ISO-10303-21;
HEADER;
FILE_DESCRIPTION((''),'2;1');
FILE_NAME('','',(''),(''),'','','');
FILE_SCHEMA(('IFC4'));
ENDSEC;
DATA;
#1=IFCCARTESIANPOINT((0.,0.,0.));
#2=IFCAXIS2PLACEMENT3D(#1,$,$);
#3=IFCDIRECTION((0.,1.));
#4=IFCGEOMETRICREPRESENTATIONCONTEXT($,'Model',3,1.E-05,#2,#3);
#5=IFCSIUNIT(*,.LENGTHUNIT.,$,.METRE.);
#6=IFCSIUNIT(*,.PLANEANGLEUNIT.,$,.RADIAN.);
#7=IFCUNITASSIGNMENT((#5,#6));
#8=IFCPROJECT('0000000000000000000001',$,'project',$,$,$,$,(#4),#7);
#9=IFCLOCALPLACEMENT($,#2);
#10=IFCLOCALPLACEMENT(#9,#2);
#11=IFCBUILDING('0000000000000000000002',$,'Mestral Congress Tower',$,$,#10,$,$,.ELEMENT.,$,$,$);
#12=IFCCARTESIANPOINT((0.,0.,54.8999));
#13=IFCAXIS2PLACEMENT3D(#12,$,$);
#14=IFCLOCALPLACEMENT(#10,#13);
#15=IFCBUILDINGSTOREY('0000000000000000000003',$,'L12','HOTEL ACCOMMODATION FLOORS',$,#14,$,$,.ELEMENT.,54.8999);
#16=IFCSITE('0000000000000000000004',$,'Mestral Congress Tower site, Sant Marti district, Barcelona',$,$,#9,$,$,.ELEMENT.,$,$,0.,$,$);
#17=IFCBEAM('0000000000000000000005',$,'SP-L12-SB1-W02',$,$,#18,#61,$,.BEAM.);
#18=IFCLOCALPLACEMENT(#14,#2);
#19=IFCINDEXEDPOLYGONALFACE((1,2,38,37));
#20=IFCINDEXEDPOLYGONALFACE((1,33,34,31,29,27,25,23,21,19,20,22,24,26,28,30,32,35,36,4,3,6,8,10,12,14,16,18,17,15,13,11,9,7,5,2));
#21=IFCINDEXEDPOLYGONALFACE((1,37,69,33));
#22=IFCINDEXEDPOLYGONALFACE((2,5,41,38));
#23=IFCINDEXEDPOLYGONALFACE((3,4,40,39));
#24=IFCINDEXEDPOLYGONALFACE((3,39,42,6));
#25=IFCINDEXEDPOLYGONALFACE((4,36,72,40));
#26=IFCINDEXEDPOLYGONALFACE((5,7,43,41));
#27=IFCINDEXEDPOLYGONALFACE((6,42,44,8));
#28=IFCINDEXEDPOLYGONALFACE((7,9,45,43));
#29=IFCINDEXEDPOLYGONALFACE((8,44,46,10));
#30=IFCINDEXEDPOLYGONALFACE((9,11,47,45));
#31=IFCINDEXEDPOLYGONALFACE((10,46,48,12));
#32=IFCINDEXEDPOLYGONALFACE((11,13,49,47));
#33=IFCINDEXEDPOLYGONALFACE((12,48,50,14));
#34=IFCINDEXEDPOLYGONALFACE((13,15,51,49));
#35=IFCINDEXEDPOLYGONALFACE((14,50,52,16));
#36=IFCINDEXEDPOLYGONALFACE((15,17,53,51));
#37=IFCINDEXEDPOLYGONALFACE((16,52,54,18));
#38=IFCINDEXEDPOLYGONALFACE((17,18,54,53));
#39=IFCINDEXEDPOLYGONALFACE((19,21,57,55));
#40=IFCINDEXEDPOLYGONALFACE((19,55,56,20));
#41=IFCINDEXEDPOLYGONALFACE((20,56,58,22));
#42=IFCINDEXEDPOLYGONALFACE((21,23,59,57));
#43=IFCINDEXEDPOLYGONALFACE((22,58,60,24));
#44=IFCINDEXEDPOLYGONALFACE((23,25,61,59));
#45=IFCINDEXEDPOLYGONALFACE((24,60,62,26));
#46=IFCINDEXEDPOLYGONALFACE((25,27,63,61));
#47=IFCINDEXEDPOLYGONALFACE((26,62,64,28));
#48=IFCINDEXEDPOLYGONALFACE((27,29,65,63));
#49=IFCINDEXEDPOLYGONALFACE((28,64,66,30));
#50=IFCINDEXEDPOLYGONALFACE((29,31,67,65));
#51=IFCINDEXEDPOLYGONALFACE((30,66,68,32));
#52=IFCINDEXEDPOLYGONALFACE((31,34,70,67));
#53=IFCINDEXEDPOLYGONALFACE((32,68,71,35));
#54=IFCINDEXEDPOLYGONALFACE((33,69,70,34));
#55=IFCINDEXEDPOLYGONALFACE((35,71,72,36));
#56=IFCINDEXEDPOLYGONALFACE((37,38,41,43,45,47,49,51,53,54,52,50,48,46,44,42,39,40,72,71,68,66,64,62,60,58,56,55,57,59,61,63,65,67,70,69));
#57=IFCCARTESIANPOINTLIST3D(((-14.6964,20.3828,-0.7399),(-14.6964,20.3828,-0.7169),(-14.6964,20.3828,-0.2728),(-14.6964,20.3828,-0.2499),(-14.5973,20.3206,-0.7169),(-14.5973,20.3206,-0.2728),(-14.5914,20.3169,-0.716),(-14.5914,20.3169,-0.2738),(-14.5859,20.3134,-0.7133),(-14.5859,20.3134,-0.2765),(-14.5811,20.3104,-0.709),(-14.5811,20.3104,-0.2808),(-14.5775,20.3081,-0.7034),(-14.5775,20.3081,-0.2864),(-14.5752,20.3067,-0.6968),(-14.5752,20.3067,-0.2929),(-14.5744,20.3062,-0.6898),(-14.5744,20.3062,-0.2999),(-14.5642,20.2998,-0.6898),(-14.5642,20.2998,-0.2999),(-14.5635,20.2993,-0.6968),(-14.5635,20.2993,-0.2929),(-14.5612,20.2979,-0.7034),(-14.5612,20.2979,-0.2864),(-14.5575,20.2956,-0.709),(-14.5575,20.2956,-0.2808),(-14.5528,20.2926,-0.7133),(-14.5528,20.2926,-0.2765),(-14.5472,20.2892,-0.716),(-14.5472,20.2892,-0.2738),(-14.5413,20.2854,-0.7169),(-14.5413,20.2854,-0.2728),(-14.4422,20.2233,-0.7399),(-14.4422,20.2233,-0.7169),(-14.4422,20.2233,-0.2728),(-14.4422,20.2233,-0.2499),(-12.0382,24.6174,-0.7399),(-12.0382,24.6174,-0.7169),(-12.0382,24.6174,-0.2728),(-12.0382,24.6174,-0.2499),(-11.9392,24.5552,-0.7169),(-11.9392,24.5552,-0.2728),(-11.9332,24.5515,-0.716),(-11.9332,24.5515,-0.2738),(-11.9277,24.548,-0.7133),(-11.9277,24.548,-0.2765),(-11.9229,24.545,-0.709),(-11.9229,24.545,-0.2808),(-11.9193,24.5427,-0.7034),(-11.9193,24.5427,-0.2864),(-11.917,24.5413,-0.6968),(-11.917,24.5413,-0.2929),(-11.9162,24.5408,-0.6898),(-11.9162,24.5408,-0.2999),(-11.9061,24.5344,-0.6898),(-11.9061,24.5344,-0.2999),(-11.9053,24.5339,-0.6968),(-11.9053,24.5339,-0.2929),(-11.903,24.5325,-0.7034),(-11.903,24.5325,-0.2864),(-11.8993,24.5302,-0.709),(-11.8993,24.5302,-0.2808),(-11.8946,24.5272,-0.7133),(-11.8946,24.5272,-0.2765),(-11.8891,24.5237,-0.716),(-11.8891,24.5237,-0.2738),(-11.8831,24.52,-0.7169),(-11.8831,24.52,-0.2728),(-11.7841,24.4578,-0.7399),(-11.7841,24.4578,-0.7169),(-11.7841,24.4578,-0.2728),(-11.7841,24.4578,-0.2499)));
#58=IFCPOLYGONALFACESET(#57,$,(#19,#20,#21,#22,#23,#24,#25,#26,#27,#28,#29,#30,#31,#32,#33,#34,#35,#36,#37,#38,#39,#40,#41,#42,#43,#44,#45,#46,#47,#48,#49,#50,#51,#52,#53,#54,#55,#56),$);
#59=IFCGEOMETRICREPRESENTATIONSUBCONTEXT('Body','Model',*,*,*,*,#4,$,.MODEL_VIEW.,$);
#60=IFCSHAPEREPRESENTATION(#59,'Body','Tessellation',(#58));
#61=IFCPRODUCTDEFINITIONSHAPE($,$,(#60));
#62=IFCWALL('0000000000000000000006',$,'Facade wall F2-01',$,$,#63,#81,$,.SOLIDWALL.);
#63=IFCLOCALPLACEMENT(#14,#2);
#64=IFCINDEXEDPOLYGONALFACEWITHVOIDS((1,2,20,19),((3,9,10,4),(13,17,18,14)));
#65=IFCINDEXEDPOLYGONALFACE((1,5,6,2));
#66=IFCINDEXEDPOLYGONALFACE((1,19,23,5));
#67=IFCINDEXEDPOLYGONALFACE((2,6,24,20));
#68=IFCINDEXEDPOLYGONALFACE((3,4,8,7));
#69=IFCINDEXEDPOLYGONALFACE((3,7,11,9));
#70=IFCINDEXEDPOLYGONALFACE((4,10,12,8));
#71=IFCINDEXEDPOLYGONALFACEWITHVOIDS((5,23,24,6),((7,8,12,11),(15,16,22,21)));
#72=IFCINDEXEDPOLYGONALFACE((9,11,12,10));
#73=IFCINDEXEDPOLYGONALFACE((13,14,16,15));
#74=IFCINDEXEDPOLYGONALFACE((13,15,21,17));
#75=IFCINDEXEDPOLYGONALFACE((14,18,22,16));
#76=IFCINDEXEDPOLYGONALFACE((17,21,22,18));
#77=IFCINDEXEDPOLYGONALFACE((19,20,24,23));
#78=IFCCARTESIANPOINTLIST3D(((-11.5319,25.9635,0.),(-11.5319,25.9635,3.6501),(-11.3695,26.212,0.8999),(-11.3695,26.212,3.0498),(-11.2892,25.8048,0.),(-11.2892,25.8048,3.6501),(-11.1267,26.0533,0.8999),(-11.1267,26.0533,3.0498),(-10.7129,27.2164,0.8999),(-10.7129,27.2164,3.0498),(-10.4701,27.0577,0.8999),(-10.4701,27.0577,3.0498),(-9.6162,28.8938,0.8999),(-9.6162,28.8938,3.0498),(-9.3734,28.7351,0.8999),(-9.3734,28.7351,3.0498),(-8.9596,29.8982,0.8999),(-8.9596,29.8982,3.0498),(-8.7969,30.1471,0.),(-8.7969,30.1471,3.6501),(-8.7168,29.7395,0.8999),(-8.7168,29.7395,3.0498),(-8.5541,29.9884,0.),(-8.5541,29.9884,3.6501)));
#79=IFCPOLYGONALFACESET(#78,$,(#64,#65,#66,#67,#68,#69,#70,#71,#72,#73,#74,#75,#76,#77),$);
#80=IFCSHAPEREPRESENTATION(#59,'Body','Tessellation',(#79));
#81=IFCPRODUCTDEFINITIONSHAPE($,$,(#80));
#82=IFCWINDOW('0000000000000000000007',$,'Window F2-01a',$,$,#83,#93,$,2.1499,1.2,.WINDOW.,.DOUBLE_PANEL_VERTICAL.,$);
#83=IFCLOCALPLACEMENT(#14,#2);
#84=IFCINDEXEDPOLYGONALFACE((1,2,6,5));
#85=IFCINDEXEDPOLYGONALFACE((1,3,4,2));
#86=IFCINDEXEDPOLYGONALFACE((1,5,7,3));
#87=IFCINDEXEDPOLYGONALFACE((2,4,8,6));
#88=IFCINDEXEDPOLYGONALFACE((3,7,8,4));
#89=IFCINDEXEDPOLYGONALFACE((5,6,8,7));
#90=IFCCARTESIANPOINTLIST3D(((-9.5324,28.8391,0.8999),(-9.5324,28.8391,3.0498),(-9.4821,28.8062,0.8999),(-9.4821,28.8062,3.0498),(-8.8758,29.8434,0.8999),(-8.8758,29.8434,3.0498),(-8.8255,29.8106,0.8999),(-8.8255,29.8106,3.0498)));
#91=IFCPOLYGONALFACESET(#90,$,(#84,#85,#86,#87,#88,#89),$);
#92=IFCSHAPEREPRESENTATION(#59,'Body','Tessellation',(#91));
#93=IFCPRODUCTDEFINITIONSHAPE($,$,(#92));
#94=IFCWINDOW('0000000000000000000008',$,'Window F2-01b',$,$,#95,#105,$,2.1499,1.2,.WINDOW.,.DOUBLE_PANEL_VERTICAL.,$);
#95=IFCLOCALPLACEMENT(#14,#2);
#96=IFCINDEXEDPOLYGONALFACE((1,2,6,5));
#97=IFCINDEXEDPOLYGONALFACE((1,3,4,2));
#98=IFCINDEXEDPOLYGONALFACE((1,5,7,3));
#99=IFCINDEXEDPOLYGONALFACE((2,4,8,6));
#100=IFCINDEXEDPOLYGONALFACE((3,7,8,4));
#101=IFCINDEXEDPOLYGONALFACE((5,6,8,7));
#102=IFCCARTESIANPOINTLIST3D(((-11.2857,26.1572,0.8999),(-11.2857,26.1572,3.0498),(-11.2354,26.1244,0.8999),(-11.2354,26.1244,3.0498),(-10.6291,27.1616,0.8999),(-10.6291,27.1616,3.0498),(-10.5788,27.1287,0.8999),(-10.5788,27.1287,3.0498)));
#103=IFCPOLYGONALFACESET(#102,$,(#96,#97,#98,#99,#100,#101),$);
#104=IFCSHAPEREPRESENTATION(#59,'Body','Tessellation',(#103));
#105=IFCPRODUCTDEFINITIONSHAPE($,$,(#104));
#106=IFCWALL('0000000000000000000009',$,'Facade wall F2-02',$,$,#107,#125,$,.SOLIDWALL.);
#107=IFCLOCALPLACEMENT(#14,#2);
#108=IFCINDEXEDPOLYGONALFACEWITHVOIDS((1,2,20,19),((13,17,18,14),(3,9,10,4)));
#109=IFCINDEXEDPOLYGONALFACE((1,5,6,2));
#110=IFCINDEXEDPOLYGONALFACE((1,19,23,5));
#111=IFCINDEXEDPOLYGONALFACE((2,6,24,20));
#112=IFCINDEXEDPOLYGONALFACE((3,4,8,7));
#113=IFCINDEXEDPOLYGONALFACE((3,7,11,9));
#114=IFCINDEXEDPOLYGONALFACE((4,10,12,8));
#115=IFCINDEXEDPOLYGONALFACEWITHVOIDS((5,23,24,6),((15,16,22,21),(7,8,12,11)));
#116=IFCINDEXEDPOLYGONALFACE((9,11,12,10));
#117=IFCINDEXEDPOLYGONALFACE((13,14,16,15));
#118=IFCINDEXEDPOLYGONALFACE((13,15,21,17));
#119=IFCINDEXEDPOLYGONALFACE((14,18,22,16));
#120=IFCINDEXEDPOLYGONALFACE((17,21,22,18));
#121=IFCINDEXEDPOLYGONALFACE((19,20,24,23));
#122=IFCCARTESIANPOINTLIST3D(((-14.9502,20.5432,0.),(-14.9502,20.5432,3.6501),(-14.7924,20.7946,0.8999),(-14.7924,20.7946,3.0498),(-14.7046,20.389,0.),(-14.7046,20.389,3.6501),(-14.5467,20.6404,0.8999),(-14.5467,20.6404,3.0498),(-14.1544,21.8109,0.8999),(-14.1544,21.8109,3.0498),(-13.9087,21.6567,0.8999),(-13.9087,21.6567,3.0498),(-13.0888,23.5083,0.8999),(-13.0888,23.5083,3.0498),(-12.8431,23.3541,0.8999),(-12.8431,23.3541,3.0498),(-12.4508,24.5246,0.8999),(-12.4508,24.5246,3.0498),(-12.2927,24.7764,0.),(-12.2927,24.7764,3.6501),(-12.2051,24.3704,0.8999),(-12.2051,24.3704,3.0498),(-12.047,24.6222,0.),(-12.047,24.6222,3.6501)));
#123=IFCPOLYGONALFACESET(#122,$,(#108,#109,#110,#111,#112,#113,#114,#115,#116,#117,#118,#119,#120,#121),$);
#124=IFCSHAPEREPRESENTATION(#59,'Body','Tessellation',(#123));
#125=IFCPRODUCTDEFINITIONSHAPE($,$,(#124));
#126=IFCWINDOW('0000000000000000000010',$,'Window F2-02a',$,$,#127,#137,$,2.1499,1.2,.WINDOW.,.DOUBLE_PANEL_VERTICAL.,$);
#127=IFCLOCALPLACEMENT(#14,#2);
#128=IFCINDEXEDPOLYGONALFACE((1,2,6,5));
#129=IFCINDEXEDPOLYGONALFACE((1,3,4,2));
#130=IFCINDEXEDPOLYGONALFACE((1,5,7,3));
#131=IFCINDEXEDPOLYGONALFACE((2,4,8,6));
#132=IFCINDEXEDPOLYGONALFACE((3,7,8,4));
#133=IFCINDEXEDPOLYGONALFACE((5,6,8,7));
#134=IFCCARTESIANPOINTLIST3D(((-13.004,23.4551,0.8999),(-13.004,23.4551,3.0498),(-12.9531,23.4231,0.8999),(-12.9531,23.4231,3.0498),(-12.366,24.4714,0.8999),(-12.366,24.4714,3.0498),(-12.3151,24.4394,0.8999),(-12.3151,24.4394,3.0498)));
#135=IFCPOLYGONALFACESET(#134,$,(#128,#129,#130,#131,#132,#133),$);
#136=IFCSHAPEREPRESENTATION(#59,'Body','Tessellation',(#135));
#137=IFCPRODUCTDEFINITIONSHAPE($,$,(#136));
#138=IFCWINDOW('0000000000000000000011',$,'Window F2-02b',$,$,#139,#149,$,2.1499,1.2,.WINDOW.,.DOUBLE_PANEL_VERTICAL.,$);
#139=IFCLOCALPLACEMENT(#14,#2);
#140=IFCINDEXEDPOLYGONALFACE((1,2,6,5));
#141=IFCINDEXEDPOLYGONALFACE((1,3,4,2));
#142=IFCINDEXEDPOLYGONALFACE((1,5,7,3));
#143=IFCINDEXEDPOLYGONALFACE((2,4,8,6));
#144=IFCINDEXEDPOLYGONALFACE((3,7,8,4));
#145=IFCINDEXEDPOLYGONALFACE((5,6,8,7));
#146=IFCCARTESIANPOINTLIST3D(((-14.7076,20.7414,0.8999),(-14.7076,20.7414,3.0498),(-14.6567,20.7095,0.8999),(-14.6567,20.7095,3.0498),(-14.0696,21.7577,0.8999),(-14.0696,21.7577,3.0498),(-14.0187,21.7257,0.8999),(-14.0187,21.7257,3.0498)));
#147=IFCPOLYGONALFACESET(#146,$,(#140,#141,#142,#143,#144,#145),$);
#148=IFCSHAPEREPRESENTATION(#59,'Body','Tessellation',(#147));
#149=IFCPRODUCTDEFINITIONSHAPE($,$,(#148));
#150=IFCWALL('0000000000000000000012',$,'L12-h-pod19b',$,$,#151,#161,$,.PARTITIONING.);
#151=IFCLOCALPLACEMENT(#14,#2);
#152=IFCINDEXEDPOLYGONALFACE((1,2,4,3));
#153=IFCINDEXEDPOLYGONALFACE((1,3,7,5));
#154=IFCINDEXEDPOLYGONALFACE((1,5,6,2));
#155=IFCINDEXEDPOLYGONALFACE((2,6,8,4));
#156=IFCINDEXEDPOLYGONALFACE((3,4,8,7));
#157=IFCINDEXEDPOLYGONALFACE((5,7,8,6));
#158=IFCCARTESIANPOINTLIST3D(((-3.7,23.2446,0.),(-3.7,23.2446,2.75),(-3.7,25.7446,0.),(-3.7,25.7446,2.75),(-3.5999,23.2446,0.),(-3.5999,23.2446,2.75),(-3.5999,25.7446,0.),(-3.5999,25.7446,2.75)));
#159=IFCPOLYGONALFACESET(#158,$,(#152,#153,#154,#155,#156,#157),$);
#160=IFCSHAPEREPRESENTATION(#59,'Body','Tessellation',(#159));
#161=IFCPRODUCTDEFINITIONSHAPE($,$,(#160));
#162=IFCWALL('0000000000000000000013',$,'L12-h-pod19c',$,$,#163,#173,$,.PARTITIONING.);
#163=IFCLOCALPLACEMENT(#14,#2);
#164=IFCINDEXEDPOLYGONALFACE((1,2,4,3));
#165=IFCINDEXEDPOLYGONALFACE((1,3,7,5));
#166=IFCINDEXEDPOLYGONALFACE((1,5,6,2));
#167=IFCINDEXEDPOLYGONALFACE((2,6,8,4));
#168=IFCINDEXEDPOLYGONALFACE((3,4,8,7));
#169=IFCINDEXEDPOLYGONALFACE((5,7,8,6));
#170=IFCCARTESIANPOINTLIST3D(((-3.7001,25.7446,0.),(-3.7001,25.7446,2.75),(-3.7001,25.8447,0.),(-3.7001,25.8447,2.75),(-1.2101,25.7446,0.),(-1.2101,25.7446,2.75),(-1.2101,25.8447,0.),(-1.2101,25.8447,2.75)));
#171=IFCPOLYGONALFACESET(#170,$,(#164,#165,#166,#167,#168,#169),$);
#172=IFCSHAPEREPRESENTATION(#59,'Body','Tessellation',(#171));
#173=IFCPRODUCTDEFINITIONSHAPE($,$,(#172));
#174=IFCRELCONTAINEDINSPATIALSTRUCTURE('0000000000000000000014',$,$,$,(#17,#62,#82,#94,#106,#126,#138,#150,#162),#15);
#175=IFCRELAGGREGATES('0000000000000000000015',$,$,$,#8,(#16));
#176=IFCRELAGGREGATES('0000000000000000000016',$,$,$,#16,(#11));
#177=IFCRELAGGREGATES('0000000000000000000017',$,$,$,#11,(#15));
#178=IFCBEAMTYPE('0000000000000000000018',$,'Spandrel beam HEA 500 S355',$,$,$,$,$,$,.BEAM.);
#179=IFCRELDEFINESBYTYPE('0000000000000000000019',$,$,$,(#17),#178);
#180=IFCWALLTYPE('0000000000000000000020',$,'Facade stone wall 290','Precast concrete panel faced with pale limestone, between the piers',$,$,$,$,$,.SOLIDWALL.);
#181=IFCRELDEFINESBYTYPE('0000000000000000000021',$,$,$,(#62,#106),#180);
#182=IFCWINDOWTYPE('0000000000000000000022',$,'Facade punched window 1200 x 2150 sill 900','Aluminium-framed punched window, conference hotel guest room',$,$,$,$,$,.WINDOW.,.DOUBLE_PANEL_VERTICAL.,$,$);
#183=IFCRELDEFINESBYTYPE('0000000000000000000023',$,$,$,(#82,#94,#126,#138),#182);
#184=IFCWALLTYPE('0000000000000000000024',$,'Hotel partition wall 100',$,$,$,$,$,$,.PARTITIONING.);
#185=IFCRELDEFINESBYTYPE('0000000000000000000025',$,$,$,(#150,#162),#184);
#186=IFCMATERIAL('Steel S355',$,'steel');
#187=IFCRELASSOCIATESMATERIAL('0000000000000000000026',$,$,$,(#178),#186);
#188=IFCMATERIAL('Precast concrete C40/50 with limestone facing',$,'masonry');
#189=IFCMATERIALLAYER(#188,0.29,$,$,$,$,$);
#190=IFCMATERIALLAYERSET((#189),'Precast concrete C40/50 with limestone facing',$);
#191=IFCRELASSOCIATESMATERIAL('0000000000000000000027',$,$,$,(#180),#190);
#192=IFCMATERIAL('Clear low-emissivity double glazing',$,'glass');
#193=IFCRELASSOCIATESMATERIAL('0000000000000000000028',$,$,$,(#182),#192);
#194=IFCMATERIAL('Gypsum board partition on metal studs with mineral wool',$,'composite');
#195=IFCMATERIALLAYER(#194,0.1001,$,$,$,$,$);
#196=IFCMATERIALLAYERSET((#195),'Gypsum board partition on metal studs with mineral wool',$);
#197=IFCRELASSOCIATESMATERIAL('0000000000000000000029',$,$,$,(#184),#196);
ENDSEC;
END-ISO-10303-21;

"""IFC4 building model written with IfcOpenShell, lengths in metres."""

from ifc_helpers import new_model, si_unit, direction, frame, frame_2d, origin, origin_2d, place, context, subcontext, project, spatial, rectangle, i_section, extrude, material, layer, layer_set, material_profile, profile_set, type_object, element, fill, save


model = new_model("IFC4")

# Units and contexts
model_context = context("Model", 3, precision=1e-05, world=origin(), true_north=direction((0.0, 1.0)))
body_context = subcontext(model_context, "Body", "Model", "MODEL_VIEW")
ifc_project = project(units=[si_unit("LENGTHUNIT", "METRE"), si_unit("PLANEANGLEUNIT", "RADIAN")], contexts=[model_context])

# Site, building, storey
site_placement = place(None, origin())
site = spatial("IfcSite", under=ifc_project, at=site_placement, Name="Mestral Congress Tower site, Sant Marti district, Barcelona", CompositionType="ELEMENT", RefElevation=0.0)
building_placement = place(site_placement, origin())
building = spatial("IfcBuilding", under=site, at=building_placement, Name="Mestral Congress Tower", CompositionType="ELEMENT")
storey_placement = place(building_placement, frame((0.0, 0.0, 54.8999)))
storey = spatial("IfcBuildingStorey", under=building, at=storey_placement, Name="L12", Description="HOTEL ACCOMMODATION FLOORS", CompositionType="ELEMENT", Elevation=54.8999)

# Beam
ifc_material_1 = material(Name="Steel S355", Category="steel")
ifc_material_profile_1 = material_profile(ifc_material_1, i_section(OverallWidth=0.3, OverallDepth=0.49, WebThickness=0.012, FlangeThickness=0.0229, FilletRadius=0.0271, at=origin_2d()), Name="HEA 500")
ifc_profile_set_1 = profile_set([ifc_material_profile_1], Name="Steel S355")
beam_type_1 = type_object("IfcBeamType", Name="Spandrel beam HEA 500 S355", PredefinedType="BEAM", material=ifc_profile_set_1)
beam_1_placement = place(storey_placement, frame((-11.9111, 24.5376, -0.4949), z_axis=(-0.531661, -0.846957, 0.0), x_axis=(0.846957, -0.531661, 0.0)))
element("IfcBeam", 1, at=beam_1_placement, inside=storey, type_object=beam_type_1, Name="SP-L12-SB1-W02", PredefinedType="BEAM", context=body_context, shape_type="SweptSolid", body=[
    extrude(i_section(OverallWidth=0.3, OverallDepth=0.49, WebThickness=0.012, FlangeThickness=0.0229, FilletRadius=0.0271, at=origin_2d()), origin(), (0.0, 0.0, 1.0), 4.9998),
])

# Walls, openings, windows
ifc_material_2 = material(Name="Precast concrete C40/50 with limestone facing", Category="masonry")
ifc_layer_1 = layer(ifc_material_2, 0.29)
ifc_layer_set_1 = layer_set([ifc_layer_1], Name="Precast concrete C40/50 with limestone facing")
wall_type_1 = type_object("IfcWallType", Name="Facade stone wall 290", Description="Precast concrete panel faced with pale limestone, between the piers", PredefinedType="SOLIDWALL", material=ifc_layer_set_1)
wall_1_placement = place(storey_placement, frame((-8.6755, 30.0676, 0.0), z_axis=(0.0, 0.0, 1.0), x_axis=(-0.547205, -0.836999, 0.0)))
wall_1 = element("IfcWall", 2, at=wall_1_placement, inside=storey, type_object=wall_type_1, Name="Facade wall F2-01", PredefinedType="SOLIDWALL", context=body_context, shape_type="SweptSolid", body=[
    extrude(rectangle(XDim=4.9983, YDim=0.29, at=frame_2d((2.499, 0.0))), origin(), (0.0, 0.0, 1.0), 3.6501),
])
opening_1_placement = place(wall_1_placement, frame((0.2971, 0.0, 0.8999)))
opening_1 = element("IfcOpeningElement", 3, at=opening_1_placement, cuts=wall_1, PredefinedType="OPENING", context=body_context, shape_type="SweptSolid", body=[
    extrude(rectangle(XDim=1.2, YDim=2.1499, at=frame_2d((0.6001, 1.075))), frame((0.0, 0.155, 0.0), z_axis=(0.0, -1.0, 0.0), x_axis=(1.0, 0.0, 0.0)), (0.0, 0.0, 1.0), 0.3101),
])
opening_2_placement = place(wall_1_placement, frame((3.5012, 0.0, 0.8999)))
opening_2 = element("IfcOpeningElement", 4, at=opening_2_placement, cuts=wall_1, PredefinedType="OPENING", context=body_context, shape_type="SweptSolid", body=[
    extrude(rectangle(XDim=1.2, YDim=2.1499, at=frame_2d((0.6001, 1.075))), frame((0.0, 0.155, 0.0), z_axis=(0.0, -1.0, 0.0), x_axis=(1.0, 0.0, 0.0)), (0.0, 0.0, 1.0), 0.3101),
])
ifc_material_3 = material(Name="Clear low-emissivity double glazing", Category="glass")
window_type = type_object("IfcWindowType", Name="Facade punched window 1200 x 2150 sill 900", Description="Aluminium-framed punched window, conference hotel guest room", PartitioningType="DOUBLE_PANEL_VERTICAL", PredefinedType="WINDOW", material=ifc_material_3)
window_1_placement = place(opening_1_placement, origin())
window_1 = element("IfcWindow", 5, at=window_1_placement, inside=storey, type_object=window_type, Name="Window F2-01a", OverallHeight=2.1499, OverallWidth=1.2, PartitioningType="DOUBLE_PANEL_VERTICAL", PredefinedType="WINDOW", context=body_context, shape_type="SweptSolid", body=[
    extrude(rectangle(XDim=1.2, YDim=2.1499, at=frame_2d((0.6001, 1.075))), frame((0.0, 0.0151, 0.0), z_axis=(0.0, -1.0, 0.0), x_axis=(1.0, 0.0, 0.0)), (0.0, 0.0, 1.0), 0.0601),
])
fill(opening_1, window_1)
window_2_placement = place(opening_2_placement, origin())
window_2 = element("IfcWindow", 6, at=window_2_placement, inside=storey, type_object=window_type, Name="Window F2-01b", OverallHeight=2.1499, OverallWidth=1.2, PartitioningType="DOUBLE_PANEL_VERTICAL", PredefinedType="WINDOW", context=body_context, shape_type="SweptSolid", body=[
    extrude(rectangle(XDim=1.2, YDim=2.1499, at=frame_2d((0.6001, 1.075))), frame((0.0, 0.0151, 0.0), z_axis=(0.0, -1.0, 0.0), x_axis=(1.0, 0.0, 0.0)), (0.0, 0.0, 1.0), 0.0601),
])
fill(opening_2, window_2)
wall_2_placement = place(storey_placement, frame((-12.1699, 24.6992, 0.0), z_axis=(0.0, 0.0, 1.0), x_axis=(-0.531688, -0.84694, 0.0)))
wall_2 = element("IfcWall", 7, at=wall_2_placement, inside=storey, type_object=wall_type_1, Name="Facade wall F2-02", PredefinedType="SOLIDWALL", context=body_context, shape_type="SweptSolid", body=[
    extrude(rectangle(XDim=4.9983, YDim=0.29, at=frame_2d((2.499, 0.0))), origin(), (0.0, 0.0, 1.0), 3.6501),
])
opening_3_placement = place(wall_2_placement, frame((0.2971, 0.0, 0.8999)))
opening_3 = element("IfcOpeningElement", 8, at=opening_3_placement, cuts=wall_2, PredefinedType="OPENING", context=body_context, shape_type="SweptSolid", body=[
    extrude(rectangle(XDim=1.2, YDim=2.1499, at=frame_2d((0.6001, 1.075))), frame((0.0, 0.155, 0.0), z_axis=(0.0, -1.0, 0.0), x_axis=(1.0, 0.0, 0.0)), (0.0, 0.0, 1.0), 0.3101),
])
opening_4_placement = place(wall_2_placement, frame((3.5012, 0.0, 0.8999)))
opening_4 = element("IfcOpeningElement", 9, at=opening_4_placement, cuts=wall_2, PredefinedType="OPENING", context=body_context, shape_type="SweptSolid", body=[
    extrude(rectangle(XDim=1.2, YDim=2.1499, at=frame_2d((0.6001, 1.075))), frame((0.0, 0.155, 0.0), z_axis=(0.0, -1.0, 0.0), x_axis=(1.0, 0.0, 0.0)), (0.0, 0.0, 1.0), 0.3101),
])
window_3_placement = place(opening_3_placement, origin())
window_3 = element("IfcWindow", 10, at=window_3_placement, inside=storey, type_object=window_type, Name="Window F2-02a", OverallHeight=2.1499, OverallWidth=1.2, PartitioningType="DOUBLE_PANEL_VERTICAL", PredefinedType="WINDOW", context=body_context, shape_type="SweptSolid", body=[
    extrude(rectangle(XDim=1.2, YDim=2.1499, at=frame_2d((0.6001, 1.075))), frame((0.0, 0.0151, 0.0), z_axis=(0.0, -1.0, 0.0), x_axis=(1.0, 0.0, 0.0)), (0.0, 0.0, 1.0), 0.0601),
])
fill(opening_3, window_3)
window_4_placement = place(opening_4_placement, origin())
window_4 = element("IfcWindow", 11, at=window_4_placement, inside=storey, type_object=window_type, Name="Window F2-02b", OverallHeight=2.1499, OverallWidth=1.2, PartitioningType="DOUBLE_PANEL_VERTICAL", PredefinedType="WINDOW", context=body_context, shape_type="SweptSolid", body=[
    extrude(rectangle(XDim=1.2, YDim=2.1499, at=frame_2d((0.6001, 1.075))), frame((0.0, 0.0151, 0.0), z_axis=(0.0, -1.0, 0.0), x_axis=(1.0, 0.0, 0.0)), (0.0, 0.0, 1.0), 0.0601),
])
fill(opening_4, window_4)

# Walls
ifc_material_4 = material(Name="Gypsum board partition on metal studs with mineral wool", Category="composite")
ifc_layer_2 = layer(ifc_material_4, 0.1001)
ifc_layer_set_2 = layer_set([ifc_layer_2], Name="Gypsum board partition on metal studs with mineral wool")
wall_type_2 = type_object("IfcWallType", Name="Hotel partition wall 100", PredefinedType="PARTITIONING", material=ifc_layer_set_2)
wall_3_placement = place(storey_placement, frame((-3.6499, 23.2446, 0.0), z_axis=(0.0, 0.0, 1.0), x_axis=(0.0, 1.0, 0.0)))
element("IfcWall", 12, at=wall_3_placement, inside=storey, type_object=wall_type_2, Name="L12-h-pod19b", PredefinedType="PARTITIONING", context=body_context, shape_type="SweptSolid", body=[
    extrude(rectangle(XDim=2.5, YDim=0.1001, at=frame_2d((1.25, 0.0))), origin(), (0.0, 0.0, 1.0), 2.75),
])
wall_4_placement = place(storey_placement, frame((-1.21, 25.7947, 0.0), z_axis=(0.0, 0.0, 1.0), x_axis=(-1.0, 0.0, 0.0)))
element("IfcWall", 13, at=wall_4_placement, inside=storey, type_object=wall_type_2, Name="L12-h-pod19c", PredefinedType="PARTITIONING", context=body_context, shape_type="SweptSolid", body=[
    extrude(rectangle(XDim=2.49, YDim=0.1001, at=frame_2d((1.2451, 0.0))), origin(), (0.0, 0.0, 1.0), 2.75),
])

save(model, "model.ifc")
